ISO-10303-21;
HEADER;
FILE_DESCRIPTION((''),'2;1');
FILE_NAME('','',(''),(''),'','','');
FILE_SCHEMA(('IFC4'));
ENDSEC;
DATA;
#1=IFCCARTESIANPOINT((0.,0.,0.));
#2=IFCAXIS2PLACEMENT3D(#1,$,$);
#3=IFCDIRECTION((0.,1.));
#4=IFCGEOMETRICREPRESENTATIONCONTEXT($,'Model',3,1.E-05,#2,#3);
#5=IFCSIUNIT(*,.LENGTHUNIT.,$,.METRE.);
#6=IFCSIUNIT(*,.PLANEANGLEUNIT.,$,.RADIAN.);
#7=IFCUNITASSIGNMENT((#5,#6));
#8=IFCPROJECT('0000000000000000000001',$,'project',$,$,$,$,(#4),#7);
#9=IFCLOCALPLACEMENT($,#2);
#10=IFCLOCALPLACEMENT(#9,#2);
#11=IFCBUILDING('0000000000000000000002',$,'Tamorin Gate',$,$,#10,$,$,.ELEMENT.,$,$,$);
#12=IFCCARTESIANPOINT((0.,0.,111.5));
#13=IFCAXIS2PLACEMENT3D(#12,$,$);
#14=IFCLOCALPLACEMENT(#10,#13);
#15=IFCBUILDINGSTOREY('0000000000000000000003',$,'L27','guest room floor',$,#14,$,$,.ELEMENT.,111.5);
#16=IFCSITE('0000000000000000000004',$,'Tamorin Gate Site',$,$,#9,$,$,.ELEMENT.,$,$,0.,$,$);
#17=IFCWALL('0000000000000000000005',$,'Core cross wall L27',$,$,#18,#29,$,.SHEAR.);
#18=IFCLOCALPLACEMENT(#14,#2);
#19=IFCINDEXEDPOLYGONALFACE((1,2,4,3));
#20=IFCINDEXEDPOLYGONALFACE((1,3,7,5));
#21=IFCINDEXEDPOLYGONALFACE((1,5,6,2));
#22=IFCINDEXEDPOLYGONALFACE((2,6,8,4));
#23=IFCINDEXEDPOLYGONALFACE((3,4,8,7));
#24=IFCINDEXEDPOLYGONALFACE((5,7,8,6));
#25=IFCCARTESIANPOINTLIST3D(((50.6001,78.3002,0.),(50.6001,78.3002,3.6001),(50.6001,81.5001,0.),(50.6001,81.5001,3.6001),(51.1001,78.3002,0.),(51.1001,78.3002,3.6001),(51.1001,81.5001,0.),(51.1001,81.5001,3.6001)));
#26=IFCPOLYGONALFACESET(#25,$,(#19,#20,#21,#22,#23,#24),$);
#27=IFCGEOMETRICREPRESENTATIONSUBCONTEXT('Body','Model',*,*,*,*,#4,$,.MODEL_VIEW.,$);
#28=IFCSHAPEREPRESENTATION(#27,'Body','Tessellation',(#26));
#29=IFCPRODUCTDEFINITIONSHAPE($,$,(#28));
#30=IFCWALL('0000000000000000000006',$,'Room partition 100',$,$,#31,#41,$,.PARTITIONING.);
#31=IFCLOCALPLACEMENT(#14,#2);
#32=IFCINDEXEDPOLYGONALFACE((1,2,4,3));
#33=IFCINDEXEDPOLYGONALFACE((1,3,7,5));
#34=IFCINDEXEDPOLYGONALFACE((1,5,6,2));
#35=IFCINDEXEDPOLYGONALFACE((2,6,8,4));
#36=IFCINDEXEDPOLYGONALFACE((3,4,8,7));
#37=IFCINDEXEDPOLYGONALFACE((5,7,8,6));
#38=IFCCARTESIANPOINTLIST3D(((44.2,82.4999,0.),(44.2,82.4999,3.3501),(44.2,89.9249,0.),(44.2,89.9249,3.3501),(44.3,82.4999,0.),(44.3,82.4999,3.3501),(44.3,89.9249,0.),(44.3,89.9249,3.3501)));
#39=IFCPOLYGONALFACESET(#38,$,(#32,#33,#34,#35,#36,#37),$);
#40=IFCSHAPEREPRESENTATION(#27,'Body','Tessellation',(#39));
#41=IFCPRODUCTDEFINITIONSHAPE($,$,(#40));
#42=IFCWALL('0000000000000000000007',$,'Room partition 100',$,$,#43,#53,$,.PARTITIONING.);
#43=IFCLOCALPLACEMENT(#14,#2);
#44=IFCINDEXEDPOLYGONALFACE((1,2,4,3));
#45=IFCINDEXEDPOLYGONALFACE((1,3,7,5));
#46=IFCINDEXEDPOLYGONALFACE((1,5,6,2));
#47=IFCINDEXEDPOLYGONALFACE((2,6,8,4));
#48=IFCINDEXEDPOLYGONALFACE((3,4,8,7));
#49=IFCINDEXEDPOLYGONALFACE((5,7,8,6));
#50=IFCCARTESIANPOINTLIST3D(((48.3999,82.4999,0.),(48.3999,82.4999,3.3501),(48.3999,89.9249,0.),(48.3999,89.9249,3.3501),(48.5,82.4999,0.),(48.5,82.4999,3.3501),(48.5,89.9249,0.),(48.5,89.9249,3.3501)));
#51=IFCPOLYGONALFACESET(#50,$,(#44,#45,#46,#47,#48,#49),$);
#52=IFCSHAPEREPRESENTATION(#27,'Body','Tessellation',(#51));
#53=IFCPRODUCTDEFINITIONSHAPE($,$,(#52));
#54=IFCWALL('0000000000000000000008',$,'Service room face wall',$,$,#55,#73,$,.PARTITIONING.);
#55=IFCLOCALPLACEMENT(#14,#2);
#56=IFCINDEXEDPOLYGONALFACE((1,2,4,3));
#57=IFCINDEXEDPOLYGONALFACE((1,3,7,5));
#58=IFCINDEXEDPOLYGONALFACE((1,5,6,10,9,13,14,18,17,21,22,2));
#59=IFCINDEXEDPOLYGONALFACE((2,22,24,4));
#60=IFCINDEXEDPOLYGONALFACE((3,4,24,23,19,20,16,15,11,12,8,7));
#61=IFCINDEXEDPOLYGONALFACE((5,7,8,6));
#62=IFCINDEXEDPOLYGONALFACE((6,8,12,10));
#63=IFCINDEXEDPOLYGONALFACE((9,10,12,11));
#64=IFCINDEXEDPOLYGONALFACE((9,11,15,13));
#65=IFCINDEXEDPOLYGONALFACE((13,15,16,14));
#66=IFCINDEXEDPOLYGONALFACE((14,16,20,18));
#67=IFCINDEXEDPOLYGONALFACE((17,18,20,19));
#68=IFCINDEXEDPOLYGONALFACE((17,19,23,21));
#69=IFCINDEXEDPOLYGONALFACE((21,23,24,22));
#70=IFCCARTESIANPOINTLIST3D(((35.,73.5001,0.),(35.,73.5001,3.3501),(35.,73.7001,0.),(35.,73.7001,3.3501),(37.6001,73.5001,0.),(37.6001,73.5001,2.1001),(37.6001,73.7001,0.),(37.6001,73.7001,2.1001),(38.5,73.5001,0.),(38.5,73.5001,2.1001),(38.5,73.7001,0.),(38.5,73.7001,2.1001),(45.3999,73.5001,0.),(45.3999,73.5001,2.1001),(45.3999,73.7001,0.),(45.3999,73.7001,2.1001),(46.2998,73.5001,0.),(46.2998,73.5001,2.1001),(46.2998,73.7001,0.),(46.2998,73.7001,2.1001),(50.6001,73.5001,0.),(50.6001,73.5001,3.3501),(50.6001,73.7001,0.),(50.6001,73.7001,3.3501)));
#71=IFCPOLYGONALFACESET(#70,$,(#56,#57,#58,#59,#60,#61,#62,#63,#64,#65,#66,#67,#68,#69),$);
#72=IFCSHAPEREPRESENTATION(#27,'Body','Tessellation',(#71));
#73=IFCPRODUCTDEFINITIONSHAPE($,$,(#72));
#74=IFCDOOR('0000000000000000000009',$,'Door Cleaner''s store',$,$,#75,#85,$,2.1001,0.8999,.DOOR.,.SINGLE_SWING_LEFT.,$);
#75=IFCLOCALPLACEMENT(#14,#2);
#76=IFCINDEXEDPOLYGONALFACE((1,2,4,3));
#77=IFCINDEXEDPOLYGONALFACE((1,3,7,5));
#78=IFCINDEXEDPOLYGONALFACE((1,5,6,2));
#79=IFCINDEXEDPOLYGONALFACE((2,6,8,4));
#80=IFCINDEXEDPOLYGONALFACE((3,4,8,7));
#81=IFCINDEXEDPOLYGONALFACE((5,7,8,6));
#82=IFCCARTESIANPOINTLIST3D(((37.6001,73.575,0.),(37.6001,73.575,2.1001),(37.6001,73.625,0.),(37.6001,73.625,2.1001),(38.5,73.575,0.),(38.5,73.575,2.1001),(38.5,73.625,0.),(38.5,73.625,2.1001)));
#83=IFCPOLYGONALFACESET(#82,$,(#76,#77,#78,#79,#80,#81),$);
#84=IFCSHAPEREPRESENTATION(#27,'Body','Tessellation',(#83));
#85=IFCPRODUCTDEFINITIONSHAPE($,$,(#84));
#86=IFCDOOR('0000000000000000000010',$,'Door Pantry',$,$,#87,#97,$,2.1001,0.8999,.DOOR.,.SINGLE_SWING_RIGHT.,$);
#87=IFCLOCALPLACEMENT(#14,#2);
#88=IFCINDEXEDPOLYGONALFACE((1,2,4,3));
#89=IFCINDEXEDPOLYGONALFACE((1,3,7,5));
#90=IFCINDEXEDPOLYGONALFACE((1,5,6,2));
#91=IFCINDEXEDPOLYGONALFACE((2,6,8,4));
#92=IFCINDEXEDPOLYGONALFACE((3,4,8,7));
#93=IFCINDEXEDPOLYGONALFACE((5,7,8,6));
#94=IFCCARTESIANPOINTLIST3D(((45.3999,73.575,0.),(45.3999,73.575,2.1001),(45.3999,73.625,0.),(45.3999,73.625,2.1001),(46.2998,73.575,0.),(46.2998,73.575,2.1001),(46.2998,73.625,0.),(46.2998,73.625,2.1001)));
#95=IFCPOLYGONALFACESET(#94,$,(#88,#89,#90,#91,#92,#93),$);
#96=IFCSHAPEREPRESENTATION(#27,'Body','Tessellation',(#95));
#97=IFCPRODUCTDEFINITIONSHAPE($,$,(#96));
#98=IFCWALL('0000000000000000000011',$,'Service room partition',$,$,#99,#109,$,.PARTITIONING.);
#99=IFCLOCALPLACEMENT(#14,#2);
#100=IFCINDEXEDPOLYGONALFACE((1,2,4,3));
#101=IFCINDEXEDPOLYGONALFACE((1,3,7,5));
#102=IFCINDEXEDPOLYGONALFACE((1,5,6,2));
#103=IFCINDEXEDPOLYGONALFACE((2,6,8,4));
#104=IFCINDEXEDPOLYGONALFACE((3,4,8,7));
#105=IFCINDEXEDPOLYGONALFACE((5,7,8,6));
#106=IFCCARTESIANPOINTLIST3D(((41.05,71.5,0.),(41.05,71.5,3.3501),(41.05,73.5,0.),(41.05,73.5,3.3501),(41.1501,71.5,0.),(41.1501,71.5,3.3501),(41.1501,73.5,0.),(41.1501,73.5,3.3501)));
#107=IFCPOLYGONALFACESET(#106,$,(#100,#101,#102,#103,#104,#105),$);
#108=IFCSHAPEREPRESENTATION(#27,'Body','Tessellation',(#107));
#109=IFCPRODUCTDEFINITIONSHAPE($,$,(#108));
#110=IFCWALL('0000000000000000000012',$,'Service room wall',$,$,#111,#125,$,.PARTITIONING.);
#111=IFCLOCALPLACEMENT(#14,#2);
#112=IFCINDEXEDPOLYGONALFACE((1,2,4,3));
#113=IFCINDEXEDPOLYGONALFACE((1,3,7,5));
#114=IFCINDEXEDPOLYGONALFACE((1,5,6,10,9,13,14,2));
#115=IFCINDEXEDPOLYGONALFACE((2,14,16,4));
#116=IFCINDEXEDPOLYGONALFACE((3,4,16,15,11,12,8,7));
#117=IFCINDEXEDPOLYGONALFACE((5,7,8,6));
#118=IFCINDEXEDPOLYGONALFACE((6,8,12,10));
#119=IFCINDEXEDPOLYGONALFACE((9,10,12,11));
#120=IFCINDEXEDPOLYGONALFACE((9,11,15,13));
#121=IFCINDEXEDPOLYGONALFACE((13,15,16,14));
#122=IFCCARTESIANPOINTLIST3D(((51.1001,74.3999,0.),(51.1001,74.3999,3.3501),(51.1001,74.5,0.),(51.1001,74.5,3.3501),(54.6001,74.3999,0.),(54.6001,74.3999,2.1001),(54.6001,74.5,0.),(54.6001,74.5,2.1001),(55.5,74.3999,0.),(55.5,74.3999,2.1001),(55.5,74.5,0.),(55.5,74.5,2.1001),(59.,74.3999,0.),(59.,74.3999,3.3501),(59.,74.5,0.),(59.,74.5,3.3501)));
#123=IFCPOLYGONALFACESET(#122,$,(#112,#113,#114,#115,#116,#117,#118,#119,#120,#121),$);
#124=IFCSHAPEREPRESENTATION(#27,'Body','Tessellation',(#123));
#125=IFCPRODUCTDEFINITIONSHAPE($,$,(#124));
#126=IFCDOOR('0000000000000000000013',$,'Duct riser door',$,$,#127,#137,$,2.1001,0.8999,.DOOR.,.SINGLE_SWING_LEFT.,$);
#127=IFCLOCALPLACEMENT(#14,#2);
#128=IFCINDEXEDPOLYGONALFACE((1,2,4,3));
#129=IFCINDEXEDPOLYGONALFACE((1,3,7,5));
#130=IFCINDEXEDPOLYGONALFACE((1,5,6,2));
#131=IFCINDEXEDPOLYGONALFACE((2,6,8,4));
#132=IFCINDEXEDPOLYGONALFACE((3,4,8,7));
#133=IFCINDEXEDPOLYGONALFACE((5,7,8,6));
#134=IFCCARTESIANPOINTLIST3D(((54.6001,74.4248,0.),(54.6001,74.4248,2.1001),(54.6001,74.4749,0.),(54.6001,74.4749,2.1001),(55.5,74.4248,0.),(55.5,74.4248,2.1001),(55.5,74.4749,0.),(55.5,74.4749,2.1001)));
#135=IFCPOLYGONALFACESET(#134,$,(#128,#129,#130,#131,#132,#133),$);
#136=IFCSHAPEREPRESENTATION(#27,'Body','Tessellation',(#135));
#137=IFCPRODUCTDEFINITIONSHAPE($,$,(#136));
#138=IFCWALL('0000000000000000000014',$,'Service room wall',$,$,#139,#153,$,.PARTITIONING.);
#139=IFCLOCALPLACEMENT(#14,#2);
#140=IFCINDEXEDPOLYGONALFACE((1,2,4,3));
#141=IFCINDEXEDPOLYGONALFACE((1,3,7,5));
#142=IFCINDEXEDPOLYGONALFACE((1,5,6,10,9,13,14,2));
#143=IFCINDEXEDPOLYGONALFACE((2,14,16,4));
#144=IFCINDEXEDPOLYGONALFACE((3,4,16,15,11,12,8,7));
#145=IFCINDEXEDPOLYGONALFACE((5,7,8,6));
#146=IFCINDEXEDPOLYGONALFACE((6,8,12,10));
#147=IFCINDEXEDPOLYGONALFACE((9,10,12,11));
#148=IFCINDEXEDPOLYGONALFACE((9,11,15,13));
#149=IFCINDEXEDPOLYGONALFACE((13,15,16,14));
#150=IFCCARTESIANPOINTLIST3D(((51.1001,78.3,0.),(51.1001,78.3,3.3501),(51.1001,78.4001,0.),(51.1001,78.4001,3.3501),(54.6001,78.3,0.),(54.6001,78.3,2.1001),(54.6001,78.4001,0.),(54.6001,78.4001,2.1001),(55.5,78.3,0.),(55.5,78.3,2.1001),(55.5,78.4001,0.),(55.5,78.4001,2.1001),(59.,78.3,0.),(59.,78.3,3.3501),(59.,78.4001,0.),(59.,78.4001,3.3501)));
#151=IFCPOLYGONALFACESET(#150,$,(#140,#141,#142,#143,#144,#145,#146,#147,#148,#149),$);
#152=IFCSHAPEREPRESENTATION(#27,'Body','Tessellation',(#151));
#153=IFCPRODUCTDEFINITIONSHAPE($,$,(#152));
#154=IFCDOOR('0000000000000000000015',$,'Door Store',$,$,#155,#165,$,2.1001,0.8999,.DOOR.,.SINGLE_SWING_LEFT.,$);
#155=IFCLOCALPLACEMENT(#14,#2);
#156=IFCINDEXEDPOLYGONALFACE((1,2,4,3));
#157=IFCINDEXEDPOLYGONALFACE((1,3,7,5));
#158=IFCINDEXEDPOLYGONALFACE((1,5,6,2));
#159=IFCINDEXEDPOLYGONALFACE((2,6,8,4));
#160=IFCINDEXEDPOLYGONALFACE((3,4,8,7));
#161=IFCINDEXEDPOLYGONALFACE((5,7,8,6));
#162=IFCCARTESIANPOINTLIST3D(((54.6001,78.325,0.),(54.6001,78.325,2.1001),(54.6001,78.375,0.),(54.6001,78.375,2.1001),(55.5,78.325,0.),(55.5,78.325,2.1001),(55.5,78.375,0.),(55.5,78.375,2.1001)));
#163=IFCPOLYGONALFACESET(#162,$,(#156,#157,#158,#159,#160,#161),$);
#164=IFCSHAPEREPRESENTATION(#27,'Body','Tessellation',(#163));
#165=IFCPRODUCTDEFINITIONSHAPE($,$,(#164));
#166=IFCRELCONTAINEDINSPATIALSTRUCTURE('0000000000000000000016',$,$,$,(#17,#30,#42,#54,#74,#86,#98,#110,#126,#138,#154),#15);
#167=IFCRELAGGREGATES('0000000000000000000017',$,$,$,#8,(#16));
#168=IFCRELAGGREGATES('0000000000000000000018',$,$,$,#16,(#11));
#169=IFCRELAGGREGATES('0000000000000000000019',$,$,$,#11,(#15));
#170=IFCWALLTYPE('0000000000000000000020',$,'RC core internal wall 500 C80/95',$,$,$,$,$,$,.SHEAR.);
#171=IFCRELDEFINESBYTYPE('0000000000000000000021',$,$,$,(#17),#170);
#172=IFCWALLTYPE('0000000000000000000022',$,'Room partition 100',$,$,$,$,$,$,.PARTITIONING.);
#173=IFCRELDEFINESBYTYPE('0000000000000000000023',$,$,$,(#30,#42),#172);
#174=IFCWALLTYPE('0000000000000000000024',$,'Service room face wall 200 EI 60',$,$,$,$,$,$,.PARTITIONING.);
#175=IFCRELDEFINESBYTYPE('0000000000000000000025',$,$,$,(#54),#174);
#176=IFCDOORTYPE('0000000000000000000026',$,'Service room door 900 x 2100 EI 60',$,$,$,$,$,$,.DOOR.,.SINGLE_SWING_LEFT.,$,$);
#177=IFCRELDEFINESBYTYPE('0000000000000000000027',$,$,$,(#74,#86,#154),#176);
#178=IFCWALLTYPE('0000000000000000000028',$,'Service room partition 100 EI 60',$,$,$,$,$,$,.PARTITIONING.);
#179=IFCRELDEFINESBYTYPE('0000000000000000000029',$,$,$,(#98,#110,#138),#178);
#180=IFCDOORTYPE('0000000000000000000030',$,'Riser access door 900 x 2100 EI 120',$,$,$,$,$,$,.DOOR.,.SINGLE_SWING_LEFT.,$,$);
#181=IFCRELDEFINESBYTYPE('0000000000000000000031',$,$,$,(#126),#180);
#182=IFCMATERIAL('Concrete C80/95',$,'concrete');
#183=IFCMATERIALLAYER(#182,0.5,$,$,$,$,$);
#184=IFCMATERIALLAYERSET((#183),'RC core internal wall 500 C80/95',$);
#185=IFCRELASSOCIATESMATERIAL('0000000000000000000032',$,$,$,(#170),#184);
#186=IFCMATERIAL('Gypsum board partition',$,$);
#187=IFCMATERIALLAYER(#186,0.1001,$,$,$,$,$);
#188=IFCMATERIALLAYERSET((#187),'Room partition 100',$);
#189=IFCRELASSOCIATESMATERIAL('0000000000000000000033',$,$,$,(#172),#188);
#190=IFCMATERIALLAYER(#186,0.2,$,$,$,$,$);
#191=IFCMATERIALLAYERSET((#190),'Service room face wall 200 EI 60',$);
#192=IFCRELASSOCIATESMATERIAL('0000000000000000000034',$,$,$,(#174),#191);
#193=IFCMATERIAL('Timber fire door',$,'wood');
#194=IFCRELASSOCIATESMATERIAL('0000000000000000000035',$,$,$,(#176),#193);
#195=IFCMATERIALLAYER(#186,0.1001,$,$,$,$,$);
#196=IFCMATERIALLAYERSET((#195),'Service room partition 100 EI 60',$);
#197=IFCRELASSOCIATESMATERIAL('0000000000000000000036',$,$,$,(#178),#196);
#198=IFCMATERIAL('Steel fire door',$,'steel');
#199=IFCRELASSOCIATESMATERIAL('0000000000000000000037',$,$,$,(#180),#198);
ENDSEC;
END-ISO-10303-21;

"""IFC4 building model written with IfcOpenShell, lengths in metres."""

from ifc_helpers import new_model, si_unit, direction, frame, frame_2d, origin, place, context, subcontext, project, spatial, rectangle, extrude, material, layer, layer_set, type_object, element, fill, save


model = new_model("IFC4")

# Units and contexts
model_context = context("Model", 3, precision=1e-05, world=origin(), true_north=direction((0.0, 1.0)))
body_context = subcontext(model_context, "Body", "Model", "MODEL_VIEW")
ifc_project = project(units=[si_unit("LENGTHUNIT", "METRE"), si_unit("PLANEANGLEUNIT", "RADIAN")], contexts=[model_context])

# Site, building, storey
site_placement = place(None, origin())
site = spatial("IfcSite", under=ifc_project, at=site_placement, Name="Tamorin Gate Site", CompositionType="ELEMENT", RefElevation=0.0)
building_placement = place(site_placement, origin())
building = spatial("IfcBuilding", under=site, at=building_placement, Name="Tamorin Gate", CompositionType="ELEMENT")
storey_placement = place(building_placement, frame((0.0, 0.0, 111.5)))
storey = spatial("IfcBuildingStorey", under=building, at=storey_placement, Name="L27", Description="guest room floor", CompositionType="ELEMENT", Elevation=111.5)

# Shared definitions
ifc_material_1 = material(Name="Concrete C80/95", Category="concrete")

# Shared definitions
ifc_material_2 = material(Name="Steel fire door", Category="steel")

# Walls
ifc_layer_1 = layer(ifc_material_1, 0.5)
ifc_layer_set_1 = layer_set([ifc_layer_1], Name="RC core internal wall 500 C80/95")
wall_type_1 = type_object("IfcWallType", Name="RC core internal wall 500 C80/95", PredefinedType="SHEAR", material=ifc_layer_set_1)
wall_1_placement = place(storey_placement, frame((50.8501, 78.3, 0.0), z_axis=(0.0, 0.0, 1.0), x_axis=(0.0, 1.0, 0.0)))
element("IfcWall", 1, at=wall_1_placement, inside=storey, type_object=wall_type_1, Name="Core cross wall L27", PredefinedType="SHEAR", context=body_context, shape_type="SweptSolid", body=[
    extrude(rectangle(XDim=3.2, YDim=0.5, at=frame_2d((1.6001, 0.0))), origin(), (0.0, 0.0, 1.0), 3.6001),
])
ifc_material_3 = material(Name="Gypsum board partition")
ifc_layer_2 = layer(ifc_material_3, 0.1001)
ifc_layer_set_2 = layer_set([ifc_layer_2], Name="Room partition 100")
wall_type_2 = type_object("IfcWallType", Name="Room partition 100", PredefinedType="PARTITIONING", material=ifc_layer_set_2)
for number, where, z_axis, x_axis, name in (
    (2, (44.25, 82.5, 0.0), (0.0, 0.0, 1.0), (0.0, 1.0, 0.0), "Room partition 100"),
    (3, (48.45, 82.5, 0.0), (0.0, 0.0, 1.0), (0.0, 1.0, 0.0), "Room partition 100"),
):
    element("IfcWall", number, at=place(storey_placement, frame(where, z_axis=z_axis, x_axis=x_axis)), inside=storey, type_object=wall_type_2, Name=name, PredefinedType="PARTITIONING", context=body_context, shape_type="SweptSolid", body=[
        extrude(rectangle(XDim=7.425, YDim=0.1001, at=frame_2d((3.7124, 0.0))), origin(), (0.0, 0.0, 1.0), 3.3501),
    ])

# Wall, openings, doors
ifc_layer_3 = layer(ifc_material_3, 0.2)
ifc_layer_set_3 = layer_set([ifc_layer_3], Name="Service room face wall 200 EI 60")
wall_type_3 = type_object("IfcWallType", Name="Service room face wall 200 EI 60", PredefinedType="PARTITIONING", material=ifc_layer_set_3)
wall_2_placement = place(storey_placement, frame((35.0, 73.6001, 0.0), z_axis=(0.0, 0.0, 1.0), x_axis=(1.0, 0.0, 0.0)))
wall_2 = element("IfcWall", 4, at=wall_2_placement, inside=storey, type_object=wall_type_3, Name="Service room face wall", PredefinedType="PARTITIONING", context=body_context, shape_type="SweptSolid", body=[
    extrude(rectangle(XDim=15.6001, YDim=0.2, at=frame_2d((7.8, 0.0))), origin(), (0.0, 0.0, 1.0), 3.3501),
])
opening_1_placement = place(wall_2_placement, frame((2.6001, 0.0, 0.0)))
opening_1 = element("IfcOpeningElement", 5, at=opening_1_placement, cuts=wall_2, PredefinedType="OPENING", context=body_context, shape_type="SweptSolid", body=[
    extrude(rectangle(XDim=0.8999, YDim=2.1001, at=frame_2d((0.45, 1.05))), frame((0.0, 0.1099, 0.0), z_axis=(0.0, -1.0, 0.0), x_axis=(1.0, 0.0, 0.0)), (0.0, 0.0, 1.0), 0.22),
])
opening_2_placement = place(wall_2_placement, frame((10.3999, 0.0, 0.0)))
opening_2 = element("IfcOpeningElement", 6, at=opening_2_placement, cuts=wall_2, PredefinedType="OPENING", context=body_context, shape_type="SweptSolid", body=[
    extrude(rectangle(XDim=0.8999, YDim=2.1001, at=frame_2d((0.45, 1.05))), frame((0.0, 0.1099, 0.0), z_axis=(0.0, -1.0, 0.0), x_axis=(1.0, 0.0, 0.0)), (0.0, 0.0, 1.0), 0.22),
])
ifc_material_4 = material(Name="Timber fire door", Category="wood")
door_type_1 = type_object("IfcDoorType", Name="Service room door 900 x 2100 EI 60", OperationType="SINGLE_SWING_LEFT", PredefinedType="DOOR", material=ifc_material_4)
door_1_placement = place(opening_1_placement, origin())
door_1 = element("IfcDoor", 7, at=door_1_placement, inside=storey, type_object=door_type_1, Name="Door Cleaner's store", OperationType="SINGLE_SWING_LEFT", OverallHeight=2.1001, OverallWidth=0.8999, PredefinedType="DOOR", context=body_context, shape_type="SweptSolid", body=[
    extrude(rectangle(XDim=0.8999, YDim=2.1001, at=frame_2d((0.45, 1.05))), frame((0.0, 0.0249, 0.0), z_axis=(0.0, -1.0, 0.0), x_axis=(1.0, 0.0, 0.0)), (0.0, 0.0, 1.0), 0.05),
])
fill(opening_1, door_1)
door_2_placement = place(opening_2_placement, origin())
door_2 = element("IfcDoor", 8, at=door_2_placement, inside=storey, type_object=door_type_1, Name="Door Pantry", OperationType="SINGLE_SWING_RIGHT", OverallHeight=2.1001, OverallWidth=0.8999, PredefinedType="DOOR", context=body_context, shape_type="SweptSolid", body=[
    extrude(rectangle(XDim=0.8999, YDim=2.1001, at=frame_2d((0.45, 1.05))), frame((0.0, 0.0249, 0.0), z_axis=(0.0, -1.0, 0.0), x_axis=(1.0, 0.0, 0.0)), (0.0, 0.0, 1.0), 0.05),
])
fill(opening_2, door_2)

# Wall
ifc_layer_4 = layer(ifc_material_3, 0.1001)
ifc_layer_set_4 = layer_set([ifc_layer_4], Name="Service room partition 100 EI 60")
wall_type_4 = type_object("IfcWallType", Name="Service room partition 100 EI 60", PredefinedType="PARTITIONING", material=ifc_layer_set_4)
wall_3_placement = place(storey_placement, frame((41.1001, 71.5, 0.0), z_axis=(0.0, 0.0, 1.0), x_axis=(0.0, 1.0, 0.0)))
element("IfcWall", 9, at=wall_3_placement, inside=storey, type_object=wall_type_4, Name="Service room partition", PredefinedType="PARTITIONING", context=body_context, shape_type="SweptSolid", body=[
    extrude(rectangle(XDim=2.0, YDim=0.1001, at=frame_2d((1.0, 0.0))), origin(), (0.0, 0.0, 1.0), 3.3501),
])

# Walls, openings, doors
wall_4_placement = place(storey_placement, frame((51.1001, 74.45, 0.0), z_axis=(0.0, 0.0, 1.0), x_axis=(1.0, 0.0, 0.0)))
wall_4 = element("IfcWall", 10, at=wall_4_placement, inside=storey, type_object=wall_type_4, Name="Service room wall", PredefinedType="PARTITIONING", context=body_context, shape_type="SweptSolid", body=[
    extrude(rectangle(XDim=7.8999, YDim=0.1001, at=frame_2d((3.95, 0.0))), origin(), (0.0, 0.0, 1.0), 3.3501),
])
opening_3_placement = place(wall_4_placement, frame((3.5, 0.0, 0.0)))
opening_3 = element("IfcOpeningElement", 11, at=opening_3_placement, cuts=wall_4, PredefinedType="OPENING", context=body_context, shape_type="SweptSolid", body=[
    extrude(rectangle(XDim=0.8999, YDim=2.1001, at=frame_2d((0.45, 1.05))), frame((0.0, 0.0601, 0.0), z_axis=(0.0, -1.0, 0.0), x_axis=(1.0, 0.0, 0.0)), (0.0, 0.0, 1.0), 0.1201),
])
door_type_2 = type_object("IfcDoorType", Name="Riser access door 900 x 2100 EI 120", OperationType="SINGLE_SWING_LEFT", PredefinedType="DOOR", material=ifc_material_2)
door_3_placement = place(opening_3_placement, origin())
door_3 = element("IfcDoor", 12, at=door_3_placement, inside=storey, type_object=door_type_2, Name="Duct riser door", OperationType="SINGLE_SWING_LEFT", OverallHeight=2.1001, OverallWidth=0.8999, PredefinedType="DOOR", context=body_context, shape_type="SweptSolid", body=[
    extrude(rectangle(XDim=0.8999, YDim=2.1001, at=frame_2d((0.45, 1.05))), frame((0.0, 0.0249, 0.0), z_axis=(0.0, -1.0, 0.0), x_axis=(1.0, 0.0, 0.0)), (0.0, 0.0, 1.0), 0.05),
])
fill(opening_3, door_3)
wall_5_placement = place(storey_placement, frame((51.1001, 78.3501, 0.0), z_axis=(0.0, 0.0, 1.0), x_axis=(1.0, 0.0, 0.0)))
wall_5 = element("IfcWall", 13, at=wall_5_placement, inside=storey, type_object=wall_type_4, Name="Service room wall", PredefinedType="PARTITIONING", context=body_context, shape_type="SweptSolid", body=[
    extrude(rectangle(XDim=7.8999, YDim=0.1001, at=frame_2d((3.95, 0.0))), origin(), (0.0, 0.0, 1.0), 3.3501),
])
opening_4_placement = place(wall_5_placement, frame((3.5, 0.0, 0.0)))
opening_4 = element("IfcOpeningElement", 14, at=opening_4_placement, cuts=wall_5, PredefinedType="OPENING", context=body_context, shape_type="SweptSolid", body=[
    extrude(rectangle(XDim=0.8999, YDim=2.1001, at=frame_2d((0.45, 1.05))), frame((0.0, 0.0601, 0.0), z_axis=(0.0, -1.0, 0.0), x_axis=(1.0, 0.0, 0.0)), (0.0, 0.0, 1.0), 0.1201),
])
door_4_placement = place(opening_4_placement, origin())
door_4 = element("IfcDoor", 15, at=door_4_placement, inside=storey, type_object=door_type_1, Name="Door Store", OperationType="SINGLE_SWING_LEFT", OverallHeight=2.1001, OverallWidth=0.8999, PredefinedType="DOOR", context=body_context, shape_type="SweptSolid", body=[
    extrude(rectangle(XDim=0.8999, YDim=2.1001, at=frame_2d((0.45, 1.05))), frame((0.0, 0.0249, 0.0), z_axis=(0.0, -1.0, 0.0), x_axis=(1.0, 0.0, 0.0)), (0.0, 0.0, 1.0), 0.05),
])
fill(opening_4, door_4)

save(model, "model.ifc")
